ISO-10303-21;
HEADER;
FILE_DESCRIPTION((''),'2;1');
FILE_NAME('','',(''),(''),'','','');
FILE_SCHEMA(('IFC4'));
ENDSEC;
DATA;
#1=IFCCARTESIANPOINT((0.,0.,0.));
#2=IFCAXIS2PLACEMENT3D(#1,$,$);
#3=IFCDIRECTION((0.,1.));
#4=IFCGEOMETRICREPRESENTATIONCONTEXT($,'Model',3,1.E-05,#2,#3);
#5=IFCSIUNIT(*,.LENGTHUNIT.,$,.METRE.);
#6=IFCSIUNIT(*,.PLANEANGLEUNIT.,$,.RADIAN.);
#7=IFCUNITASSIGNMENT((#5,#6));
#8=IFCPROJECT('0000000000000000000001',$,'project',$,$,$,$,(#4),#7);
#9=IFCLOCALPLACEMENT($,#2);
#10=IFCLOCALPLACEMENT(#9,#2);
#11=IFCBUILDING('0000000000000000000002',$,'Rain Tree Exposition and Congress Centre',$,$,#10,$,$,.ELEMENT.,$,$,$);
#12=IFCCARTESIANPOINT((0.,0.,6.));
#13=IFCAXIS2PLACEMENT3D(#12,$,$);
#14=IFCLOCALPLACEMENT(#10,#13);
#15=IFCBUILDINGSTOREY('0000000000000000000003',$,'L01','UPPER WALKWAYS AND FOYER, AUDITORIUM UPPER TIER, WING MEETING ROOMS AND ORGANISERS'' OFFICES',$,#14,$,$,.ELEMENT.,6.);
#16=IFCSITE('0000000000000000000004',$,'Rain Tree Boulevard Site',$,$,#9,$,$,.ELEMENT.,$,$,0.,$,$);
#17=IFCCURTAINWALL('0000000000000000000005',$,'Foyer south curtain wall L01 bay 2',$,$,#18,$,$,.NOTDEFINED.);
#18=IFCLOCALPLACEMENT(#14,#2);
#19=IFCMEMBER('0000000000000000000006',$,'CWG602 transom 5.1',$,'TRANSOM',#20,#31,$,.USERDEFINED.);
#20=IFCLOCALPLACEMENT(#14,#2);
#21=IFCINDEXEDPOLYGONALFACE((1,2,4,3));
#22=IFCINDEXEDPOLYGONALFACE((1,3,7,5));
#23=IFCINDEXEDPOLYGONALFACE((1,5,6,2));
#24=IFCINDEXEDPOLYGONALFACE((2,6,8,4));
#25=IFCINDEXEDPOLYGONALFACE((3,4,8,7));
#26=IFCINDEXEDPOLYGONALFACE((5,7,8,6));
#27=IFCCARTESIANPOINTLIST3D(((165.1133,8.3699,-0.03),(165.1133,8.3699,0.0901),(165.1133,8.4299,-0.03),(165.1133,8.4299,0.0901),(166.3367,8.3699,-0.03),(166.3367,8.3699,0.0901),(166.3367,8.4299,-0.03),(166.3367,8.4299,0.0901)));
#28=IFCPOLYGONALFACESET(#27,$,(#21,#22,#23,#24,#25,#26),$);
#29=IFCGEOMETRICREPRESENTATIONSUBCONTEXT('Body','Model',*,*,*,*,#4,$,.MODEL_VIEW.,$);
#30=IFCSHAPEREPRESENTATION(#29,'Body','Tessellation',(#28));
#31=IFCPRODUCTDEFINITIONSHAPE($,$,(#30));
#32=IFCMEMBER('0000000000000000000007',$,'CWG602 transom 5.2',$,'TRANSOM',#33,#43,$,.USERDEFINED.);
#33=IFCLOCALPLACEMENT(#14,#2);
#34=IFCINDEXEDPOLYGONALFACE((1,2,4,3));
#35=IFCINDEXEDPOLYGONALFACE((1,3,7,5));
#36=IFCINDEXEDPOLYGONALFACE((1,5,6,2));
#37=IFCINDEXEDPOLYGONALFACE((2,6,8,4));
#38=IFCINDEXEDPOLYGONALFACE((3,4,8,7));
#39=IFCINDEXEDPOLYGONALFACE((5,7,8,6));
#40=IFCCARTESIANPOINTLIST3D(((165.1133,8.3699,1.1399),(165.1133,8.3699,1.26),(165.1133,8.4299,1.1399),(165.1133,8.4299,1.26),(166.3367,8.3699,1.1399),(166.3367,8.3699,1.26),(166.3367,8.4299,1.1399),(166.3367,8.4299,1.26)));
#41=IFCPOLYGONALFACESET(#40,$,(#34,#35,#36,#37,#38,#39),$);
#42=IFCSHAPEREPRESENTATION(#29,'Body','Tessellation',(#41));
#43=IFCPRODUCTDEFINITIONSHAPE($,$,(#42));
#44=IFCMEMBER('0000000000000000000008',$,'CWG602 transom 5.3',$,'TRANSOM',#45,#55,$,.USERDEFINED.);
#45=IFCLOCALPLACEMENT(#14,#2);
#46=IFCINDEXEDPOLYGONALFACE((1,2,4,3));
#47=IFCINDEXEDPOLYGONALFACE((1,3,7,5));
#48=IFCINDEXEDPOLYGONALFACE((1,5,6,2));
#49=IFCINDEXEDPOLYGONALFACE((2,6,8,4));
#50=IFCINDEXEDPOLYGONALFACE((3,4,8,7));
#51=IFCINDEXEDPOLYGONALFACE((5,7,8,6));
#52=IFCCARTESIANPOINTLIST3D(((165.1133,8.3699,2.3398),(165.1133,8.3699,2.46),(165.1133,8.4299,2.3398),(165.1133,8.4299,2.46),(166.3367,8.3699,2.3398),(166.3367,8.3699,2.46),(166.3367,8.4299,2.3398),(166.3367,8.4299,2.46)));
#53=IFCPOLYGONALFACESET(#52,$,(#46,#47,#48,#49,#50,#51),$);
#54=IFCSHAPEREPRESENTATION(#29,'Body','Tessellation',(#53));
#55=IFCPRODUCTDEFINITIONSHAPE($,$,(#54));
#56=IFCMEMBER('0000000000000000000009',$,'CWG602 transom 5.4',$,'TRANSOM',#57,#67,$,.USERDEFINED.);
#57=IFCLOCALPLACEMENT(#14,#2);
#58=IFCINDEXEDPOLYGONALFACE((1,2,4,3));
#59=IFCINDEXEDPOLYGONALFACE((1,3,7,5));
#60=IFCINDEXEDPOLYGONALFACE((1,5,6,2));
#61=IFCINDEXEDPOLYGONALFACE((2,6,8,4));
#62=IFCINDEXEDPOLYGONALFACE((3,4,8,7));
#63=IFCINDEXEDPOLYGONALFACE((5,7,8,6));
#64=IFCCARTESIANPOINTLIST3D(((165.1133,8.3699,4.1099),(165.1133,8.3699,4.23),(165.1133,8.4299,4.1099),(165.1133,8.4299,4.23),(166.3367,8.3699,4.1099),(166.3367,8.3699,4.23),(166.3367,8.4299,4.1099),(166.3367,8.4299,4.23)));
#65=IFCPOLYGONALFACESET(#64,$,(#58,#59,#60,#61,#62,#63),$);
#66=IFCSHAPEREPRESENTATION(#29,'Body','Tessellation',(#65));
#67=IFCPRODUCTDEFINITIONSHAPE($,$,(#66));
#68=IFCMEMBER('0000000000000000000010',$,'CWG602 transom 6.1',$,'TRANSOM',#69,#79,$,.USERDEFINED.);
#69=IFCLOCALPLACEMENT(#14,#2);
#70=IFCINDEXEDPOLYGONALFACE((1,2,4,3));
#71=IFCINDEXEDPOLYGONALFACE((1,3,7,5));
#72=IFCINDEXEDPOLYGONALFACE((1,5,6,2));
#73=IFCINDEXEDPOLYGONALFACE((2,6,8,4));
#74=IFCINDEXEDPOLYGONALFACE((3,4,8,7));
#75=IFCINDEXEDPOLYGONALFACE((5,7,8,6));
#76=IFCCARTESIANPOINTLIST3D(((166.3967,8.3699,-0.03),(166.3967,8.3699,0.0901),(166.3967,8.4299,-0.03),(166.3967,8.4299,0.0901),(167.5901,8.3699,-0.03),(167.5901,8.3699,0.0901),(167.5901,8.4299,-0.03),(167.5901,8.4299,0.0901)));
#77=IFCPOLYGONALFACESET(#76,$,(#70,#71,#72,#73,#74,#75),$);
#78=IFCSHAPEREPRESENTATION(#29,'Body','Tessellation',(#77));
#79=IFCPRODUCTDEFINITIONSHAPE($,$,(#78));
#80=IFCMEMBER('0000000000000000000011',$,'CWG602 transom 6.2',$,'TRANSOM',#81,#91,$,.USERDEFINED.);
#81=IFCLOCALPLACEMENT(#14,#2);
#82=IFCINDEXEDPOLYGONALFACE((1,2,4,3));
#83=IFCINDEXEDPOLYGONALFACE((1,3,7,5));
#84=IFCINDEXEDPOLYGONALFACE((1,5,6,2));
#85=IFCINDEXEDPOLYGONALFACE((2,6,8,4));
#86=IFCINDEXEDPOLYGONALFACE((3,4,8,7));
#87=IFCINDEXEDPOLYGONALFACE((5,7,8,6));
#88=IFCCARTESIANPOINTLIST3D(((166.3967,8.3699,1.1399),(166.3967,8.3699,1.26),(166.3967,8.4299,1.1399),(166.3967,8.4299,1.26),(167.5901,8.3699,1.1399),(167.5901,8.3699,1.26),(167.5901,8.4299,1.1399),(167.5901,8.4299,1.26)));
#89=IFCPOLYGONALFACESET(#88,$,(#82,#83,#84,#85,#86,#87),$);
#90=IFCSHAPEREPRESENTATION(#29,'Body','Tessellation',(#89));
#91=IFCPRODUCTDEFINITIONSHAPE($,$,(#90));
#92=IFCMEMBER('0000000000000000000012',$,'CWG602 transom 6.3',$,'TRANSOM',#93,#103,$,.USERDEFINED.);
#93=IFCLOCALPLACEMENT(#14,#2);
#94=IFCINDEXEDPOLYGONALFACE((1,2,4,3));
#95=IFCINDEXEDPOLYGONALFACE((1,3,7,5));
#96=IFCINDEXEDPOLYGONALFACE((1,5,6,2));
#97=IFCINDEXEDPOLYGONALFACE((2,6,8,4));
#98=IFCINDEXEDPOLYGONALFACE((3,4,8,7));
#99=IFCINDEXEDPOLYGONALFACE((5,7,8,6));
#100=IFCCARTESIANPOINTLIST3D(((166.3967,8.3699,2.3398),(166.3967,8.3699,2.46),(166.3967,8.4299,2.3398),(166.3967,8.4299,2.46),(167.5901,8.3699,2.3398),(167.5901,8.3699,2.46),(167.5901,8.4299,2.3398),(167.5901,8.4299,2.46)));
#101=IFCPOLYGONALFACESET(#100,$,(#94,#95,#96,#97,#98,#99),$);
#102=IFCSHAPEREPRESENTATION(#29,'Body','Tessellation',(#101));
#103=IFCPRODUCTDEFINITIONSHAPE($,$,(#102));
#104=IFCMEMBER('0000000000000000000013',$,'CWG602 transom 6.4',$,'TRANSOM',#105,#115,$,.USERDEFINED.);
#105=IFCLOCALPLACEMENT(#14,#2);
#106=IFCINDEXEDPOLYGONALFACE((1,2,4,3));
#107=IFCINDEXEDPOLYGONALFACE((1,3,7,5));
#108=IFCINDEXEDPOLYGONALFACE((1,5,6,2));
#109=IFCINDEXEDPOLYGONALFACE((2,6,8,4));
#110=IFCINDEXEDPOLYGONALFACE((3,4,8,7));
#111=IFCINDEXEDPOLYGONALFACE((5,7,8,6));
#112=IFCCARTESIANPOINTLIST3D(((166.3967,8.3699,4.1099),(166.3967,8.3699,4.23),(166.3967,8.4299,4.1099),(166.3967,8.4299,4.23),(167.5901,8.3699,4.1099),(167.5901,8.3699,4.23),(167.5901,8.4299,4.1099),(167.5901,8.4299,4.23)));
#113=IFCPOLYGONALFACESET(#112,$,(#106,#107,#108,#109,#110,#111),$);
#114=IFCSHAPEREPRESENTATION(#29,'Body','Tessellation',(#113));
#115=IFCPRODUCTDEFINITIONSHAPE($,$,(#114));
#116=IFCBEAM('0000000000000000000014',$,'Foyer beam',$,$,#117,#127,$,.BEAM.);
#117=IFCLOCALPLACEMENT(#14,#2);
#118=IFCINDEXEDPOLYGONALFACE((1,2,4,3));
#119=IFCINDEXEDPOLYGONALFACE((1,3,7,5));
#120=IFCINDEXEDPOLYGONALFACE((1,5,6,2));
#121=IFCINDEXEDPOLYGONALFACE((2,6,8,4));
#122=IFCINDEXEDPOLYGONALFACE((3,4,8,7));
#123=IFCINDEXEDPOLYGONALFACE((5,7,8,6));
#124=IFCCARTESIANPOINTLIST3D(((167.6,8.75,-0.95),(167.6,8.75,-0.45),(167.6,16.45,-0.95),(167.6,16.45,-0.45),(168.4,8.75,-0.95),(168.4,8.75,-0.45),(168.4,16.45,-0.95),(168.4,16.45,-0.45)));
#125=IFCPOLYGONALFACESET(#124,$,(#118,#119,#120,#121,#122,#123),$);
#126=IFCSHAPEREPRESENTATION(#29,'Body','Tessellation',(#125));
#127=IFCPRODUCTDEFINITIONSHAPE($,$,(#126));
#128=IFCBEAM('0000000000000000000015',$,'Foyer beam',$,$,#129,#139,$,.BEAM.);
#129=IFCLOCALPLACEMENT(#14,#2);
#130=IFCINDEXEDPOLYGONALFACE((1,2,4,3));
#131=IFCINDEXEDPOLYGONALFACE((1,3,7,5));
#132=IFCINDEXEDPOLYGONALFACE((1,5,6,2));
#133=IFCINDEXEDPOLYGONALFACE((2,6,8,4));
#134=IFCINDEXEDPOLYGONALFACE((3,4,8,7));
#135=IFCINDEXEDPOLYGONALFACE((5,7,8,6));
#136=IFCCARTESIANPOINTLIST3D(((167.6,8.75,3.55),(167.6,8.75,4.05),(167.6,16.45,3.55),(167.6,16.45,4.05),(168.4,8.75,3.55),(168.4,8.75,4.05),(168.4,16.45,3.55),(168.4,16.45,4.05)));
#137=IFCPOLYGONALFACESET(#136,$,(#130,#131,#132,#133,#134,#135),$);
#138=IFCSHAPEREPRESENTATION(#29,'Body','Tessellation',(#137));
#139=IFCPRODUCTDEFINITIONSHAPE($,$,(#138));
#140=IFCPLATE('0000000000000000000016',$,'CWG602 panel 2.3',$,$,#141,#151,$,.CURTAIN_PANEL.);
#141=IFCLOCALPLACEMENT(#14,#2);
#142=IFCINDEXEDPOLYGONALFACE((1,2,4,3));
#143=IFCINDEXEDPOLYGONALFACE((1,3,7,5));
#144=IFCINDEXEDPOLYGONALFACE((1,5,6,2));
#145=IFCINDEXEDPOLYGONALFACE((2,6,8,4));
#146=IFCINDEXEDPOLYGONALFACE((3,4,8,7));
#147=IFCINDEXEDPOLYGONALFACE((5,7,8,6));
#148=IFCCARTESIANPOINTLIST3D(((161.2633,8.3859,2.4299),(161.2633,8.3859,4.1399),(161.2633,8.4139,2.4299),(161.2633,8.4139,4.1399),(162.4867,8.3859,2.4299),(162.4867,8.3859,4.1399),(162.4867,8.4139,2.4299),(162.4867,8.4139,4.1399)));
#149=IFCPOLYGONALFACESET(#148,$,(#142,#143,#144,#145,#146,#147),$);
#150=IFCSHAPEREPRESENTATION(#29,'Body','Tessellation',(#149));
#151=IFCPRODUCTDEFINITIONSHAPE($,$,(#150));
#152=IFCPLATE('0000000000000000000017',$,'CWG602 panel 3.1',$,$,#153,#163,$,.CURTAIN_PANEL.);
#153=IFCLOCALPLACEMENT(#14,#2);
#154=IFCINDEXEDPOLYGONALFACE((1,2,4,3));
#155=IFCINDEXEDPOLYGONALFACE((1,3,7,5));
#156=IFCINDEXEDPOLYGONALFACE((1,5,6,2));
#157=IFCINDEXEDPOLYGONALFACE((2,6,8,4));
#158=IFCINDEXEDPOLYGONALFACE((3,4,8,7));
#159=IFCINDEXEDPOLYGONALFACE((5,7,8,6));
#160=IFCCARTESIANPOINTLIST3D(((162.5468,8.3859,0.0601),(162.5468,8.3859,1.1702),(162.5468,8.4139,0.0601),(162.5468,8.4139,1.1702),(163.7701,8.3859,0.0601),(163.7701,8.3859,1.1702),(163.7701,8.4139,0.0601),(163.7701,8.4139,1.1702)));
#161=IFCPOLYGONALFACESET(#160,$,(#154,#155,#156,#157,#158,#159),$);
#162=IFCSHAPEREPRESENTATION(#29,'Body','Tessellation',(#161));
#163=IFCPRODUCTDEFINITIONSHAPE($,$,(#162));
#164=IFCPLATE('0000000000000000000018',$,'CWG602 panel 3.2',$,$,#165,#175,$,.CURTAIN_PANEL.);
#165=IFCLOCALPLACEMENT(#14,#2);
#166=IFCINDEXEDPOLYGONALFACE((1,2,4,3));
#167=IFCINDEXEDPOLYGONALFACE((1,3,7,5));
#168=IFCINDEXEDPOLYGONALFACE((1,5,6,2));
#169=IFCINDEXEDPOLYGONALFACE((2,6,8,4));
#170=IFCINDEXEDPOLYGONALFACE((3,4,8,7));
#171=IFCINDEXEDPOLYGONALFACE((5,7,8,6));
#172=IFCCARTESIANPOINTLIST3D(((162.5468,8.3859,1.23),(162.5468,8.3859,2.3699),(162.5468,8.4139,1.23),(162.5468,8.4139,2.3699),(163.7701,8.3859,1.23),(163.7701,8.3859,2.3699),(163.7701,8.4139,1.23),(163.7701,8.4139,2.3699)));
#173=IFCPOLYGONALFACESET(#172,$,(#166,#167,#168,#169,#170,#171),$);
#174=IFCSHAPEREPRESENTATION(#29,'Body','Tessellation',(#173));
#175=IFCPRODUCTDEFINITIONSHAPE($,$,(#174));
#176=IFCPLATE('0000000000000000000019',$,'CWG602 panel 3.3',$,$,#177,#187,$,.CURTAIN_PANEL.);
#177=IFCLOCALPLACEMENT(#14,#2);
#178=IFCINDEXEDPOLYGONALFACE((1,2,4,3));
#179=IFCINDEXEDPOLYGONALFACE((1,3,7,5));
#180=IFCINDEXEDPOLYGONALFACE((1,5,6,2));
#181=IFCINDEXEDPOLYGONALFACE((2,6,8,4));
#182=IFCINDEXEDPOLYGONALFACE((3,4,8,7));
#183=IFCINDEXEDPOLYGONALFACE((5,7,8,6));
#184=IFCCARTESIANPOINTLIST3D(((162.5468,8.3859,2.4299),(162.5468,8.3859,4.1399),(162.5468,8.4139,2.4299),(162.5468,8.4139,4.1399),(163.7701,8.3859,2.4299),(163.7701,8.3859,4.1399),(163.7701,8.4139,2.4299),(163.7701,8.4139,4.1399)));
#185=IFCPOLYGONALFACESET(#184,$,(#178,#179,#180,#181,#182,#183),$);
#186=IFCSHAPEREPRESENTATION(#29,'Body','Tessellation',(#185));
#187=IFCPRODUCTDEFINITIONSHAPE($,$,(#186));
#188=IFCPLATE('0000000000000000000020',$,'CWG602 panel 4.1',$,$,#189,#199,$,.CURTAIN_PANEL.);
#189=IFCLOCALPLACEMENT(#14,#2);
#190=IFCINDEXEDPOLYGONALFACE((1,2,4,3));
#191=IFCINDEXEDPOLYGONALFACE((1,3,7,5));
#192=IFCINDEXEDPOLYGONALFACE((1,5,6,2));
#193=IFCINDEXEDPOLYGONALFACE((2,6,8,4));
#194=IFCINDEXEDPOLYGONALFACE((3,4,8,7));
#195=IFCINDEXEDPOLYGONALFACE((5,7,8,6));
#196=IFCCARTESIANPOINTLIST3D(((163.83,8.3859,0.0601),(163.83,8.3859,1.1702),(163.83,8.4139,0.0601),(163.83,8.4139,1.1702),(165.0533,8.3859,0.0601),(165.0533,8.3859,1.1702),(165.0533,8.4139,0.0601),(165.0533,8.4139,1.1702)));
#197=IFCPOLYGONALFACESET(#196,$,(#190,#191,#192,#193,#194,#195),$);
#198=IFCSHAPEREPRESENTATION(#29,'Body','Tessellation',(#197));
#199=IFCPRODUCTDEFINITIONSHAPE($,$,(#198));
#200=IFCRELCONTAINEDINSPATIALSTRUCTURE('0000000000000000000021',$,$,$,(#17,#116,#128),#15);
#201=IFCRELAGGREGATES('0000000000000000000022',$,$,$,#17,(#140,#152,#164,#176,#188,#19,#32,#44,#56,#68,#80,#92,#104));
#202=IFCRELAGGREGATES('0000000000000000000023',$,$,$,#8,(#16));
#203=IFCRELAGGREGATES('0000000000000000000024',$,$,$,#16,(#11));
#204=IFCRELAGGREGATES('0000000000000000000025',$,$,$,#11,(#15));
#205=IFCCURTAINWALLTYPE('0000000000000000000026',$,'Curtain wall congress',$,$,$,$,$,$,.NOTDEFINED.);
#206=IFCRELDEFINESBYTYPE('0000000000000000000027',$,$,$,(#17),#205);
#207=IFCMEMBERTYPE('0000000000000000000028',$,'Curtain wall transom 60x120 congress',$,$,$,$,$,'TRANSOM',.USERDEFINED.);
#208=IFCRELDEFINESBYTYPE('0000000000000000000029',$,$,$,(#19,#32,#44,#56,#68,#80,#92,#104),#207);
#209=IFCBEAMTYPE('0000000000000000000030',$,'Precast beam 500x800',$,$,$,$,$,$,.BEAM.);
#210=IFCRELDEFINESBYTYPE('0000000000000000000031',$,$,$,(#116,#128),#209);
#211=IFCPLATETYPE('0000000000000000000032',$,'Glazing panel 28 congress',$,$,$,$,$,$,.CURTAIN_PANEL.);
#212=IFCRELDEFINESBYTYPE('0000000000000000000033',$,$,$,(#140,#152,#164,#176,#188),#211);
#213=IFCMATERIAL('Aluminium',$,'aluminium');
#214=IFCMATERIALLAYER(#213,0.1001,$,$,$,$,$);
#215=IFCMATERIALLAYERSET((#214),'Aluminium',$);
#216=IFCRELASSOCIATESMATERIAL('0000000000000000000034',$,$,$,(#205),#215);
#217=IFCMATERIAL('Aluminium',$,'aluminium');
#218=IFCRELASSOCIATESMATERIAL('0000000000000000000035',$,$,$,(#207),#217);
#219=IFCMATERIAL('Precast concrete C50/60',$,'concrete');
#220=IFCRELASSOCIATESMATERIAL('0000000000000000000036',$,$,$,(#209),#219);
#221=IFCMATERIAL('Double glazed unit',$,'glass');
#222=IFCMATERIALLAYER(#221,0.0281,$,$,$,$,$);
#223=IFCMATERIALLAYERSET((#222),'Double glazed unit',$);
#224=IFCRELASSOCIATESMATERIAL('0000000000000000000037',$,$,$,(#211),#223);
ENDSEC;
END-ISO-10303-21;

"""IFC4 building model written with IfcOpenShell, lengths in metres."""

from ifc_helpers import new_model, si_unit, direction, frame, origin, origin_2d, place, context, subcontext, project, spatial, rectangle, extrude, material, layer, layer_set, material_profile, profile_set, type_object, element, aggregate, save


model = new_model("IFC4")

# Units and contexts
model_context = context("Model", 3, precision=1e-05, world=origin(), true_north=direction((0.0, 1.0)))
body_context = subcontext(model_context, "Body", "Model", "MODEL_VIEW")
ifc_project = project(units=[si_unit("LENGTHUNIT", "METRE"), si_unit("PLANEANGLEUNIT", "RADIAN")], contexts=[model_context])

# Site, building, storey
site_placement = place(None, origin())
site = spatial("IfcSite", under=ifc_project, at=site_placement, Name="Rain Tree Boulevard Site", CompositionType="ELEMENT", RefElevation=0.0)
building_placement = place(site_placement, origin())
building = spatial("IfcBuilding", under=site, at=building_placement, Name="Rain Tree Exposition and Congress Centre", CompositionType="ELEMENT")
storey_placement = place(building_placement, frame((0.0, 0.0, 6.0)))
storey = spatial("IfcBuildingStorey", under=building, at=storey_placement, Name="L01", Description="UPPER WALKWAYS AND FOYER, AUDITORIUM UPPER TIER, WING MEETING ROOMS AND ORGANISERS' OFFICES", CompositionType="ELEMENT", Elevation=6.0)

# Curtain wall, members
ifc_material_1 = material(Name="Aluminium", Category="aluminium")
ifc_layer_1 = layer(ifc_material_1, 0.1001)
ifc_layer_set_1 = layer_set([ifc_layer_1], Name="Aluminium")
curtain_wall_type = type_object("IfcCurtainWallType", Name="Curtain wall congress", PredefinedType="NOTDEFINED", material=ifc_layer_set_1)
curtain_wall_placement = place(storey_placement, origin())
curtain_wall = element("IfcCurtainWall", 1, at=curtain_wall_placement, inside=storey, type_object=curtain_wall_type, Name="Foyer south curtain wall L01 bay 2", PredefinedType="NOTDEFINED")
ifc_material_2 = material(Name="Aluminium", Category="aluminium")
ifc_material_profile_1 = material_profile(ifc_material_2, rectangle(XDim=0.0601, YDim=0.1201, at=origin_2d()), Name="AL 60x120")
ifc_profile_set_1 = profile_set([ifc_material_profile_1], Name="Aluminium")
member_type_1 = type_object("IfcMemberType", Name="Curtain wall transom 60x120 congress", ElementType="TRANSOM", PredefinedType="USERDEFINED", material=ifc_profile_set_1)
member_1_placement = place(storey_placement, frame((165.1133, 8.3999, 0.03), z_axis=(1.0, 0.0, 0.0), x_axis=(0.0, 1.0, 0.0)))
member_1 = element("IfcMember", 2, at=member_1_placement, type_object=member_type_1, Name="CWG602 transom 5.1", ObjectType="TRANSOM", PredefinedType="USERDEFINED", context=body_context, shape_type="SweptSolid", body=[
    extrude(rectangle(XDim=0.0601, YDim=0.1201, at=origin_2d()), origin(), (0.0, 0.0, 1.0), 1.2234),
])
member_2_placement = place(storey_placement, frame((165.1133, 8.3999, 1.2), z_axis=(1.0, 0.0, 0.0), x_axis=(0.0, 1.0, 0.0)))
member_2 = element("IfcMember", 3, at=member_2_placement, type_object=member_type_1, Name="CWG602 transom 5.2", ObjectType="TRANSOM", PredefinedType="USERDEFINED", context=body_context, shape_type="SweptSolid", body=[
    extrude(rectangle(XDim=0.0601, YDim=0.1201, at=origin_2d()), origin(), (0.0, 0.0, 1.0), 1.2234),
])
member_3_placement = place(storey_placement, frame((165.1133, 8.3999, 2.3999), z_axis=(1.0, 0.0, 0.0), x_axis=(0.0, 1.0, 0.0)))
member_3 = element("IfcMember", 4, at=member_3_placement, type_object=member_type_1, Name="CWG602 transom 5.3", ObjectType="TRANSOM", PredefinedType="USERDEFINED", context=body_context, shape_type="SweptSolid", body=[
    extrude(rectangle(XDim=0.0601, YDim=0.1201, at=origin_2d()), origin(), (0.0, 0.0, 1.0), 1.2234),
])
member_4_placement = place(storey_placement, frame((165.1133, 8.3999, 4.1699), z_axis=(1.0, 0.0, 0.0), x_axis=(0.0, 1.0, 0.0)))
member_4 = element("IfcMember", 5, at=member_4_placement, type_object=member_type_1, Name="CWG602 transom 5.4", ObjectType="TRANSOM", PredefinedType="USERDEFINED", context=body_context, shape_type="SweptSolid", body=[
    extrude(rectangle(XDim=0.0601, YDim=0.1201, at=origin_2d()), origin(), (0.0, 0.0, 1.0), 1.2234),
])
member_5_placement = place(storey_placement, frame((166.3967, 8.3999, 0.03), z_axis=(1.0, 0.0, 0.0), x_axis=(0.0, 1.0, 0.0)))
member_5 = element("IfcMember", 6, at=member_5_placement, type_object=member_type_1, Name="CWG602 transom 6.1", ObjectType="TRANSOM", PredefinedType="USERDEFINED", context=body_context, shape_type="SweptSolid", body=[
    extrude(rectangle(XDim=0.0601, YDim=0.1201, at=origin_2d()), origin(), (0.0, 0.0, 1.0), 1.1934),
])
member_6_placement = place(storey_placement, frame((166.3967, 8.3999, 1.2), z_axis=(1.0, 0.0, 0.0), x_axis=(0.0, 1.0, 0.0)))
member_6 = element("IfcMember", 7, at=member_6_placement, type_object=member_type_1, Name="CWG602 transom 6.2", ObjectType="TRANSOM", PredefinedType="USERDEFINED", context=body_context, shape_type="SweptSolid", body=[
    extrude(rectangle(XDim=0.0601, YDim=0.1201, at=origin_2d()), origin(), (0.0, 0.0, 1.0), 1.1934),
])
member_7_placement = place(storey_placement, frame((166.3967, 8.3999, 2.3999), z_axis=(1.0, 0.0, 0.0), x_axis=(0.0, 1.0, 0.0)))
member_7 = element("IfcMember", 8, at=member_7_placement, type_object=member_type_1, Name="CWG602 transom 6.3", ObjectType="TRANSOM", PredefinedType="USERDEFINED", context=body_context, shape_type="SweptSolid", body=[
    extrude(rectangle(XDim=0.0601, YDim=0.1201, at=origin_2d()), origin(), (0.0, 0.0, 1.0), 1.1934),
])
member_8_placement = place(storey_placement, frame((166.3967, 8.3999, 4.1699), z_axis=(1.0, 0.0, 0.0), x_axis=(0.0, 1.0, 0.0)))
member_8 = element("IfcMember", 9, at=member_8_placement, type_object=member_type_1, Name="CWG602 transom 6.4", ObjectType="TRANSOM", PredefinedType="USERDEFINED", context=body_context, shape_type="SweptSolid", body=[
    extrude(rectangle(XDim=0.0601, YDim=0.1201, at=origin_2d()), origin(), (0.0, 0.0, 1.0), 1.1934),
])

# Beams
ifc_material_3 = material(Name="Precast concrete C50/60", Category="concrete")
ifc_material_profile_2 = material_profile(ifc_material_3, rectangle(XDim=0.5, YDim=0.8, at=origin_2d()), Name="RC 500x800")
ifc_profile_set_2 = profile_set([ifc_material_profile_2], Name="Precast concrete C50/60")
beam_type = type_object("IfcBeamType", Name="Precast beam 500x800", PredefinedType="BEAM", material=ifc_profile_set_2)
for number, where, z_axis, x_axis, name in (
    (10, (168.0, 8.75, -0.7), (0.0, 1.0, 0.0), (0.0, 0.0, 1.0), "Foyer beam"),
    (11, (168.0, 8.75, 3.8), (0.0, 1.0, 0.0), (0.0, 0.0, 1.0), "Foyer beam"),
):
    element("IfcBeam", number, at=place(storey_placement, frame(where, z_axis=z_axis, x_axis=x_axis)), inside=storey, type_object=beam_type, Name=name, PredefinedType="BEAM", context=body_context, shape_type="SweptSolid", body=[
        extrude(rectangle(XDim=0.5, YDim=0.8, at=origin_2d()), origin(), (0.0, 0.0, 1.0), 7.7),
    ])

# Plates
ifc_material_4 = material(Name="Double glazed unit", Category="glass")
ifc_layer_2 = layer(ifc_material_4, 0.0281)
ifc_layer_set_2 = layer_set([ifc_layer_2], Name="Double glazed unit")
plate_type = type_object("IfcPlateType", Name="Glazing panel 28 congress", PredefinedType="CURTAIN_PANEL", material=ifc_layer_set_2)
plate_1_placement = place(storey_placement, frame((161.875, 8.3999, 2.4299), z_axis=(0.0, 0.0, 1.0), x_axis=(1.0, 0.0, 0.0)))
plate_1 = element("IfcPlate", 12, at=plate_1_placement, type_object=plate_type, Name="CWG602 panel 2.3", PredefinedType="CURTAIN_PANEL", context=body_context, shape_type="SweptSolid", body=[
    extrude(rectangle(XDim=1.2234, YDim=0.0281, at=origin_2d()), origin(), (0.0, 0.0, 1.0), 1.71),
])
plate_2_placement = place(storey_placement, frame((163.1584, 8.3999, 0.0601), z_axis=(0.0, 0.0, 1.0), x_axis=(1.0, 0.0, 0.0)))
plate_2 = element("IfcPlate", 13, at=plate_2_placement, type_object=plate_type, Name="CWG602 panel 3.1", PredefinedType="CURTAIN_PANEL", context=body_context, shape_type="SweptSolid", body=[
    extrude(rectangle(XDim=1.2234, YDim=0.0281, at=origin_2d()), origin(), (0.0, 0.0, 1.0), 1.1101),
])
plate_3_placement = place(storey_placement, frame((163.1584, 8.3999, 1.23), z_axis=(0.0, 0.0, 1.0), x_axis=(1.0, 0.0, 0.0)))
plate_3 = element("IfcPlate", 14, at=plate_3_placement, type_object=plate_type, Name="CWG602 panel 3.2", PredefinedType="CURTAIN_PANEL", context=body_context, shape_type="SweptSolid", body=[
    extrude(rectangle(XDim=1.2234, YDim=0.0281, at=origin_2d()), origin(), (0.0, 0.0, 1.0), 1.1399),
])
plate_4_placement = place(storey_placement, frame((163.1584, 8.3999, 2.4299), z_axis=(0.0, 0.0, 1.0), x_axis=(1.0, 0.0, 0.0)))
plate_4 = element("IfcPlate", 15, at=plate_4_placement, type_object=plate_type, Name="CWG602 panel 3.3", PredefinedType="CURTAIN_PANEL", context=body_context, shape_type="SweptSolid", body=[
    extrude(rectangle(XDim=1.2234, YDim=0.0281, at=origin_2d()), origin(), (0.0, 0.0, 1.0), 1.71),
])
plate_5_placement = place(storey_placement, frame((164.4417, 8.3999, 0.0601), z_axis=(0.0, 0.0, 1.0), x_axis=(1.0, 0.0, 0.0)))
plate_5 = element("IfcPlate", 16, at=plate_5_placement, type_object=plate_type, Name="CWG602 panel 4.1", PredefinedType="CURTAIN_PANEL", context=body_context, shape_type="SweptSolid", body=[
    extrude(rectangle(XDim=1.2234, YDim=0.0281, at=origin_2d()), origin(), (0.0, 0.0, 1.0), 1.1101),
])
aggregate(curtain_wall, [plate_1, plate_2, plate_3, plate_4, plate_5, member_1, member_2, member_3, member_4, member_5, member_6, member_7, member_8])

save(model, "model.ifc")
